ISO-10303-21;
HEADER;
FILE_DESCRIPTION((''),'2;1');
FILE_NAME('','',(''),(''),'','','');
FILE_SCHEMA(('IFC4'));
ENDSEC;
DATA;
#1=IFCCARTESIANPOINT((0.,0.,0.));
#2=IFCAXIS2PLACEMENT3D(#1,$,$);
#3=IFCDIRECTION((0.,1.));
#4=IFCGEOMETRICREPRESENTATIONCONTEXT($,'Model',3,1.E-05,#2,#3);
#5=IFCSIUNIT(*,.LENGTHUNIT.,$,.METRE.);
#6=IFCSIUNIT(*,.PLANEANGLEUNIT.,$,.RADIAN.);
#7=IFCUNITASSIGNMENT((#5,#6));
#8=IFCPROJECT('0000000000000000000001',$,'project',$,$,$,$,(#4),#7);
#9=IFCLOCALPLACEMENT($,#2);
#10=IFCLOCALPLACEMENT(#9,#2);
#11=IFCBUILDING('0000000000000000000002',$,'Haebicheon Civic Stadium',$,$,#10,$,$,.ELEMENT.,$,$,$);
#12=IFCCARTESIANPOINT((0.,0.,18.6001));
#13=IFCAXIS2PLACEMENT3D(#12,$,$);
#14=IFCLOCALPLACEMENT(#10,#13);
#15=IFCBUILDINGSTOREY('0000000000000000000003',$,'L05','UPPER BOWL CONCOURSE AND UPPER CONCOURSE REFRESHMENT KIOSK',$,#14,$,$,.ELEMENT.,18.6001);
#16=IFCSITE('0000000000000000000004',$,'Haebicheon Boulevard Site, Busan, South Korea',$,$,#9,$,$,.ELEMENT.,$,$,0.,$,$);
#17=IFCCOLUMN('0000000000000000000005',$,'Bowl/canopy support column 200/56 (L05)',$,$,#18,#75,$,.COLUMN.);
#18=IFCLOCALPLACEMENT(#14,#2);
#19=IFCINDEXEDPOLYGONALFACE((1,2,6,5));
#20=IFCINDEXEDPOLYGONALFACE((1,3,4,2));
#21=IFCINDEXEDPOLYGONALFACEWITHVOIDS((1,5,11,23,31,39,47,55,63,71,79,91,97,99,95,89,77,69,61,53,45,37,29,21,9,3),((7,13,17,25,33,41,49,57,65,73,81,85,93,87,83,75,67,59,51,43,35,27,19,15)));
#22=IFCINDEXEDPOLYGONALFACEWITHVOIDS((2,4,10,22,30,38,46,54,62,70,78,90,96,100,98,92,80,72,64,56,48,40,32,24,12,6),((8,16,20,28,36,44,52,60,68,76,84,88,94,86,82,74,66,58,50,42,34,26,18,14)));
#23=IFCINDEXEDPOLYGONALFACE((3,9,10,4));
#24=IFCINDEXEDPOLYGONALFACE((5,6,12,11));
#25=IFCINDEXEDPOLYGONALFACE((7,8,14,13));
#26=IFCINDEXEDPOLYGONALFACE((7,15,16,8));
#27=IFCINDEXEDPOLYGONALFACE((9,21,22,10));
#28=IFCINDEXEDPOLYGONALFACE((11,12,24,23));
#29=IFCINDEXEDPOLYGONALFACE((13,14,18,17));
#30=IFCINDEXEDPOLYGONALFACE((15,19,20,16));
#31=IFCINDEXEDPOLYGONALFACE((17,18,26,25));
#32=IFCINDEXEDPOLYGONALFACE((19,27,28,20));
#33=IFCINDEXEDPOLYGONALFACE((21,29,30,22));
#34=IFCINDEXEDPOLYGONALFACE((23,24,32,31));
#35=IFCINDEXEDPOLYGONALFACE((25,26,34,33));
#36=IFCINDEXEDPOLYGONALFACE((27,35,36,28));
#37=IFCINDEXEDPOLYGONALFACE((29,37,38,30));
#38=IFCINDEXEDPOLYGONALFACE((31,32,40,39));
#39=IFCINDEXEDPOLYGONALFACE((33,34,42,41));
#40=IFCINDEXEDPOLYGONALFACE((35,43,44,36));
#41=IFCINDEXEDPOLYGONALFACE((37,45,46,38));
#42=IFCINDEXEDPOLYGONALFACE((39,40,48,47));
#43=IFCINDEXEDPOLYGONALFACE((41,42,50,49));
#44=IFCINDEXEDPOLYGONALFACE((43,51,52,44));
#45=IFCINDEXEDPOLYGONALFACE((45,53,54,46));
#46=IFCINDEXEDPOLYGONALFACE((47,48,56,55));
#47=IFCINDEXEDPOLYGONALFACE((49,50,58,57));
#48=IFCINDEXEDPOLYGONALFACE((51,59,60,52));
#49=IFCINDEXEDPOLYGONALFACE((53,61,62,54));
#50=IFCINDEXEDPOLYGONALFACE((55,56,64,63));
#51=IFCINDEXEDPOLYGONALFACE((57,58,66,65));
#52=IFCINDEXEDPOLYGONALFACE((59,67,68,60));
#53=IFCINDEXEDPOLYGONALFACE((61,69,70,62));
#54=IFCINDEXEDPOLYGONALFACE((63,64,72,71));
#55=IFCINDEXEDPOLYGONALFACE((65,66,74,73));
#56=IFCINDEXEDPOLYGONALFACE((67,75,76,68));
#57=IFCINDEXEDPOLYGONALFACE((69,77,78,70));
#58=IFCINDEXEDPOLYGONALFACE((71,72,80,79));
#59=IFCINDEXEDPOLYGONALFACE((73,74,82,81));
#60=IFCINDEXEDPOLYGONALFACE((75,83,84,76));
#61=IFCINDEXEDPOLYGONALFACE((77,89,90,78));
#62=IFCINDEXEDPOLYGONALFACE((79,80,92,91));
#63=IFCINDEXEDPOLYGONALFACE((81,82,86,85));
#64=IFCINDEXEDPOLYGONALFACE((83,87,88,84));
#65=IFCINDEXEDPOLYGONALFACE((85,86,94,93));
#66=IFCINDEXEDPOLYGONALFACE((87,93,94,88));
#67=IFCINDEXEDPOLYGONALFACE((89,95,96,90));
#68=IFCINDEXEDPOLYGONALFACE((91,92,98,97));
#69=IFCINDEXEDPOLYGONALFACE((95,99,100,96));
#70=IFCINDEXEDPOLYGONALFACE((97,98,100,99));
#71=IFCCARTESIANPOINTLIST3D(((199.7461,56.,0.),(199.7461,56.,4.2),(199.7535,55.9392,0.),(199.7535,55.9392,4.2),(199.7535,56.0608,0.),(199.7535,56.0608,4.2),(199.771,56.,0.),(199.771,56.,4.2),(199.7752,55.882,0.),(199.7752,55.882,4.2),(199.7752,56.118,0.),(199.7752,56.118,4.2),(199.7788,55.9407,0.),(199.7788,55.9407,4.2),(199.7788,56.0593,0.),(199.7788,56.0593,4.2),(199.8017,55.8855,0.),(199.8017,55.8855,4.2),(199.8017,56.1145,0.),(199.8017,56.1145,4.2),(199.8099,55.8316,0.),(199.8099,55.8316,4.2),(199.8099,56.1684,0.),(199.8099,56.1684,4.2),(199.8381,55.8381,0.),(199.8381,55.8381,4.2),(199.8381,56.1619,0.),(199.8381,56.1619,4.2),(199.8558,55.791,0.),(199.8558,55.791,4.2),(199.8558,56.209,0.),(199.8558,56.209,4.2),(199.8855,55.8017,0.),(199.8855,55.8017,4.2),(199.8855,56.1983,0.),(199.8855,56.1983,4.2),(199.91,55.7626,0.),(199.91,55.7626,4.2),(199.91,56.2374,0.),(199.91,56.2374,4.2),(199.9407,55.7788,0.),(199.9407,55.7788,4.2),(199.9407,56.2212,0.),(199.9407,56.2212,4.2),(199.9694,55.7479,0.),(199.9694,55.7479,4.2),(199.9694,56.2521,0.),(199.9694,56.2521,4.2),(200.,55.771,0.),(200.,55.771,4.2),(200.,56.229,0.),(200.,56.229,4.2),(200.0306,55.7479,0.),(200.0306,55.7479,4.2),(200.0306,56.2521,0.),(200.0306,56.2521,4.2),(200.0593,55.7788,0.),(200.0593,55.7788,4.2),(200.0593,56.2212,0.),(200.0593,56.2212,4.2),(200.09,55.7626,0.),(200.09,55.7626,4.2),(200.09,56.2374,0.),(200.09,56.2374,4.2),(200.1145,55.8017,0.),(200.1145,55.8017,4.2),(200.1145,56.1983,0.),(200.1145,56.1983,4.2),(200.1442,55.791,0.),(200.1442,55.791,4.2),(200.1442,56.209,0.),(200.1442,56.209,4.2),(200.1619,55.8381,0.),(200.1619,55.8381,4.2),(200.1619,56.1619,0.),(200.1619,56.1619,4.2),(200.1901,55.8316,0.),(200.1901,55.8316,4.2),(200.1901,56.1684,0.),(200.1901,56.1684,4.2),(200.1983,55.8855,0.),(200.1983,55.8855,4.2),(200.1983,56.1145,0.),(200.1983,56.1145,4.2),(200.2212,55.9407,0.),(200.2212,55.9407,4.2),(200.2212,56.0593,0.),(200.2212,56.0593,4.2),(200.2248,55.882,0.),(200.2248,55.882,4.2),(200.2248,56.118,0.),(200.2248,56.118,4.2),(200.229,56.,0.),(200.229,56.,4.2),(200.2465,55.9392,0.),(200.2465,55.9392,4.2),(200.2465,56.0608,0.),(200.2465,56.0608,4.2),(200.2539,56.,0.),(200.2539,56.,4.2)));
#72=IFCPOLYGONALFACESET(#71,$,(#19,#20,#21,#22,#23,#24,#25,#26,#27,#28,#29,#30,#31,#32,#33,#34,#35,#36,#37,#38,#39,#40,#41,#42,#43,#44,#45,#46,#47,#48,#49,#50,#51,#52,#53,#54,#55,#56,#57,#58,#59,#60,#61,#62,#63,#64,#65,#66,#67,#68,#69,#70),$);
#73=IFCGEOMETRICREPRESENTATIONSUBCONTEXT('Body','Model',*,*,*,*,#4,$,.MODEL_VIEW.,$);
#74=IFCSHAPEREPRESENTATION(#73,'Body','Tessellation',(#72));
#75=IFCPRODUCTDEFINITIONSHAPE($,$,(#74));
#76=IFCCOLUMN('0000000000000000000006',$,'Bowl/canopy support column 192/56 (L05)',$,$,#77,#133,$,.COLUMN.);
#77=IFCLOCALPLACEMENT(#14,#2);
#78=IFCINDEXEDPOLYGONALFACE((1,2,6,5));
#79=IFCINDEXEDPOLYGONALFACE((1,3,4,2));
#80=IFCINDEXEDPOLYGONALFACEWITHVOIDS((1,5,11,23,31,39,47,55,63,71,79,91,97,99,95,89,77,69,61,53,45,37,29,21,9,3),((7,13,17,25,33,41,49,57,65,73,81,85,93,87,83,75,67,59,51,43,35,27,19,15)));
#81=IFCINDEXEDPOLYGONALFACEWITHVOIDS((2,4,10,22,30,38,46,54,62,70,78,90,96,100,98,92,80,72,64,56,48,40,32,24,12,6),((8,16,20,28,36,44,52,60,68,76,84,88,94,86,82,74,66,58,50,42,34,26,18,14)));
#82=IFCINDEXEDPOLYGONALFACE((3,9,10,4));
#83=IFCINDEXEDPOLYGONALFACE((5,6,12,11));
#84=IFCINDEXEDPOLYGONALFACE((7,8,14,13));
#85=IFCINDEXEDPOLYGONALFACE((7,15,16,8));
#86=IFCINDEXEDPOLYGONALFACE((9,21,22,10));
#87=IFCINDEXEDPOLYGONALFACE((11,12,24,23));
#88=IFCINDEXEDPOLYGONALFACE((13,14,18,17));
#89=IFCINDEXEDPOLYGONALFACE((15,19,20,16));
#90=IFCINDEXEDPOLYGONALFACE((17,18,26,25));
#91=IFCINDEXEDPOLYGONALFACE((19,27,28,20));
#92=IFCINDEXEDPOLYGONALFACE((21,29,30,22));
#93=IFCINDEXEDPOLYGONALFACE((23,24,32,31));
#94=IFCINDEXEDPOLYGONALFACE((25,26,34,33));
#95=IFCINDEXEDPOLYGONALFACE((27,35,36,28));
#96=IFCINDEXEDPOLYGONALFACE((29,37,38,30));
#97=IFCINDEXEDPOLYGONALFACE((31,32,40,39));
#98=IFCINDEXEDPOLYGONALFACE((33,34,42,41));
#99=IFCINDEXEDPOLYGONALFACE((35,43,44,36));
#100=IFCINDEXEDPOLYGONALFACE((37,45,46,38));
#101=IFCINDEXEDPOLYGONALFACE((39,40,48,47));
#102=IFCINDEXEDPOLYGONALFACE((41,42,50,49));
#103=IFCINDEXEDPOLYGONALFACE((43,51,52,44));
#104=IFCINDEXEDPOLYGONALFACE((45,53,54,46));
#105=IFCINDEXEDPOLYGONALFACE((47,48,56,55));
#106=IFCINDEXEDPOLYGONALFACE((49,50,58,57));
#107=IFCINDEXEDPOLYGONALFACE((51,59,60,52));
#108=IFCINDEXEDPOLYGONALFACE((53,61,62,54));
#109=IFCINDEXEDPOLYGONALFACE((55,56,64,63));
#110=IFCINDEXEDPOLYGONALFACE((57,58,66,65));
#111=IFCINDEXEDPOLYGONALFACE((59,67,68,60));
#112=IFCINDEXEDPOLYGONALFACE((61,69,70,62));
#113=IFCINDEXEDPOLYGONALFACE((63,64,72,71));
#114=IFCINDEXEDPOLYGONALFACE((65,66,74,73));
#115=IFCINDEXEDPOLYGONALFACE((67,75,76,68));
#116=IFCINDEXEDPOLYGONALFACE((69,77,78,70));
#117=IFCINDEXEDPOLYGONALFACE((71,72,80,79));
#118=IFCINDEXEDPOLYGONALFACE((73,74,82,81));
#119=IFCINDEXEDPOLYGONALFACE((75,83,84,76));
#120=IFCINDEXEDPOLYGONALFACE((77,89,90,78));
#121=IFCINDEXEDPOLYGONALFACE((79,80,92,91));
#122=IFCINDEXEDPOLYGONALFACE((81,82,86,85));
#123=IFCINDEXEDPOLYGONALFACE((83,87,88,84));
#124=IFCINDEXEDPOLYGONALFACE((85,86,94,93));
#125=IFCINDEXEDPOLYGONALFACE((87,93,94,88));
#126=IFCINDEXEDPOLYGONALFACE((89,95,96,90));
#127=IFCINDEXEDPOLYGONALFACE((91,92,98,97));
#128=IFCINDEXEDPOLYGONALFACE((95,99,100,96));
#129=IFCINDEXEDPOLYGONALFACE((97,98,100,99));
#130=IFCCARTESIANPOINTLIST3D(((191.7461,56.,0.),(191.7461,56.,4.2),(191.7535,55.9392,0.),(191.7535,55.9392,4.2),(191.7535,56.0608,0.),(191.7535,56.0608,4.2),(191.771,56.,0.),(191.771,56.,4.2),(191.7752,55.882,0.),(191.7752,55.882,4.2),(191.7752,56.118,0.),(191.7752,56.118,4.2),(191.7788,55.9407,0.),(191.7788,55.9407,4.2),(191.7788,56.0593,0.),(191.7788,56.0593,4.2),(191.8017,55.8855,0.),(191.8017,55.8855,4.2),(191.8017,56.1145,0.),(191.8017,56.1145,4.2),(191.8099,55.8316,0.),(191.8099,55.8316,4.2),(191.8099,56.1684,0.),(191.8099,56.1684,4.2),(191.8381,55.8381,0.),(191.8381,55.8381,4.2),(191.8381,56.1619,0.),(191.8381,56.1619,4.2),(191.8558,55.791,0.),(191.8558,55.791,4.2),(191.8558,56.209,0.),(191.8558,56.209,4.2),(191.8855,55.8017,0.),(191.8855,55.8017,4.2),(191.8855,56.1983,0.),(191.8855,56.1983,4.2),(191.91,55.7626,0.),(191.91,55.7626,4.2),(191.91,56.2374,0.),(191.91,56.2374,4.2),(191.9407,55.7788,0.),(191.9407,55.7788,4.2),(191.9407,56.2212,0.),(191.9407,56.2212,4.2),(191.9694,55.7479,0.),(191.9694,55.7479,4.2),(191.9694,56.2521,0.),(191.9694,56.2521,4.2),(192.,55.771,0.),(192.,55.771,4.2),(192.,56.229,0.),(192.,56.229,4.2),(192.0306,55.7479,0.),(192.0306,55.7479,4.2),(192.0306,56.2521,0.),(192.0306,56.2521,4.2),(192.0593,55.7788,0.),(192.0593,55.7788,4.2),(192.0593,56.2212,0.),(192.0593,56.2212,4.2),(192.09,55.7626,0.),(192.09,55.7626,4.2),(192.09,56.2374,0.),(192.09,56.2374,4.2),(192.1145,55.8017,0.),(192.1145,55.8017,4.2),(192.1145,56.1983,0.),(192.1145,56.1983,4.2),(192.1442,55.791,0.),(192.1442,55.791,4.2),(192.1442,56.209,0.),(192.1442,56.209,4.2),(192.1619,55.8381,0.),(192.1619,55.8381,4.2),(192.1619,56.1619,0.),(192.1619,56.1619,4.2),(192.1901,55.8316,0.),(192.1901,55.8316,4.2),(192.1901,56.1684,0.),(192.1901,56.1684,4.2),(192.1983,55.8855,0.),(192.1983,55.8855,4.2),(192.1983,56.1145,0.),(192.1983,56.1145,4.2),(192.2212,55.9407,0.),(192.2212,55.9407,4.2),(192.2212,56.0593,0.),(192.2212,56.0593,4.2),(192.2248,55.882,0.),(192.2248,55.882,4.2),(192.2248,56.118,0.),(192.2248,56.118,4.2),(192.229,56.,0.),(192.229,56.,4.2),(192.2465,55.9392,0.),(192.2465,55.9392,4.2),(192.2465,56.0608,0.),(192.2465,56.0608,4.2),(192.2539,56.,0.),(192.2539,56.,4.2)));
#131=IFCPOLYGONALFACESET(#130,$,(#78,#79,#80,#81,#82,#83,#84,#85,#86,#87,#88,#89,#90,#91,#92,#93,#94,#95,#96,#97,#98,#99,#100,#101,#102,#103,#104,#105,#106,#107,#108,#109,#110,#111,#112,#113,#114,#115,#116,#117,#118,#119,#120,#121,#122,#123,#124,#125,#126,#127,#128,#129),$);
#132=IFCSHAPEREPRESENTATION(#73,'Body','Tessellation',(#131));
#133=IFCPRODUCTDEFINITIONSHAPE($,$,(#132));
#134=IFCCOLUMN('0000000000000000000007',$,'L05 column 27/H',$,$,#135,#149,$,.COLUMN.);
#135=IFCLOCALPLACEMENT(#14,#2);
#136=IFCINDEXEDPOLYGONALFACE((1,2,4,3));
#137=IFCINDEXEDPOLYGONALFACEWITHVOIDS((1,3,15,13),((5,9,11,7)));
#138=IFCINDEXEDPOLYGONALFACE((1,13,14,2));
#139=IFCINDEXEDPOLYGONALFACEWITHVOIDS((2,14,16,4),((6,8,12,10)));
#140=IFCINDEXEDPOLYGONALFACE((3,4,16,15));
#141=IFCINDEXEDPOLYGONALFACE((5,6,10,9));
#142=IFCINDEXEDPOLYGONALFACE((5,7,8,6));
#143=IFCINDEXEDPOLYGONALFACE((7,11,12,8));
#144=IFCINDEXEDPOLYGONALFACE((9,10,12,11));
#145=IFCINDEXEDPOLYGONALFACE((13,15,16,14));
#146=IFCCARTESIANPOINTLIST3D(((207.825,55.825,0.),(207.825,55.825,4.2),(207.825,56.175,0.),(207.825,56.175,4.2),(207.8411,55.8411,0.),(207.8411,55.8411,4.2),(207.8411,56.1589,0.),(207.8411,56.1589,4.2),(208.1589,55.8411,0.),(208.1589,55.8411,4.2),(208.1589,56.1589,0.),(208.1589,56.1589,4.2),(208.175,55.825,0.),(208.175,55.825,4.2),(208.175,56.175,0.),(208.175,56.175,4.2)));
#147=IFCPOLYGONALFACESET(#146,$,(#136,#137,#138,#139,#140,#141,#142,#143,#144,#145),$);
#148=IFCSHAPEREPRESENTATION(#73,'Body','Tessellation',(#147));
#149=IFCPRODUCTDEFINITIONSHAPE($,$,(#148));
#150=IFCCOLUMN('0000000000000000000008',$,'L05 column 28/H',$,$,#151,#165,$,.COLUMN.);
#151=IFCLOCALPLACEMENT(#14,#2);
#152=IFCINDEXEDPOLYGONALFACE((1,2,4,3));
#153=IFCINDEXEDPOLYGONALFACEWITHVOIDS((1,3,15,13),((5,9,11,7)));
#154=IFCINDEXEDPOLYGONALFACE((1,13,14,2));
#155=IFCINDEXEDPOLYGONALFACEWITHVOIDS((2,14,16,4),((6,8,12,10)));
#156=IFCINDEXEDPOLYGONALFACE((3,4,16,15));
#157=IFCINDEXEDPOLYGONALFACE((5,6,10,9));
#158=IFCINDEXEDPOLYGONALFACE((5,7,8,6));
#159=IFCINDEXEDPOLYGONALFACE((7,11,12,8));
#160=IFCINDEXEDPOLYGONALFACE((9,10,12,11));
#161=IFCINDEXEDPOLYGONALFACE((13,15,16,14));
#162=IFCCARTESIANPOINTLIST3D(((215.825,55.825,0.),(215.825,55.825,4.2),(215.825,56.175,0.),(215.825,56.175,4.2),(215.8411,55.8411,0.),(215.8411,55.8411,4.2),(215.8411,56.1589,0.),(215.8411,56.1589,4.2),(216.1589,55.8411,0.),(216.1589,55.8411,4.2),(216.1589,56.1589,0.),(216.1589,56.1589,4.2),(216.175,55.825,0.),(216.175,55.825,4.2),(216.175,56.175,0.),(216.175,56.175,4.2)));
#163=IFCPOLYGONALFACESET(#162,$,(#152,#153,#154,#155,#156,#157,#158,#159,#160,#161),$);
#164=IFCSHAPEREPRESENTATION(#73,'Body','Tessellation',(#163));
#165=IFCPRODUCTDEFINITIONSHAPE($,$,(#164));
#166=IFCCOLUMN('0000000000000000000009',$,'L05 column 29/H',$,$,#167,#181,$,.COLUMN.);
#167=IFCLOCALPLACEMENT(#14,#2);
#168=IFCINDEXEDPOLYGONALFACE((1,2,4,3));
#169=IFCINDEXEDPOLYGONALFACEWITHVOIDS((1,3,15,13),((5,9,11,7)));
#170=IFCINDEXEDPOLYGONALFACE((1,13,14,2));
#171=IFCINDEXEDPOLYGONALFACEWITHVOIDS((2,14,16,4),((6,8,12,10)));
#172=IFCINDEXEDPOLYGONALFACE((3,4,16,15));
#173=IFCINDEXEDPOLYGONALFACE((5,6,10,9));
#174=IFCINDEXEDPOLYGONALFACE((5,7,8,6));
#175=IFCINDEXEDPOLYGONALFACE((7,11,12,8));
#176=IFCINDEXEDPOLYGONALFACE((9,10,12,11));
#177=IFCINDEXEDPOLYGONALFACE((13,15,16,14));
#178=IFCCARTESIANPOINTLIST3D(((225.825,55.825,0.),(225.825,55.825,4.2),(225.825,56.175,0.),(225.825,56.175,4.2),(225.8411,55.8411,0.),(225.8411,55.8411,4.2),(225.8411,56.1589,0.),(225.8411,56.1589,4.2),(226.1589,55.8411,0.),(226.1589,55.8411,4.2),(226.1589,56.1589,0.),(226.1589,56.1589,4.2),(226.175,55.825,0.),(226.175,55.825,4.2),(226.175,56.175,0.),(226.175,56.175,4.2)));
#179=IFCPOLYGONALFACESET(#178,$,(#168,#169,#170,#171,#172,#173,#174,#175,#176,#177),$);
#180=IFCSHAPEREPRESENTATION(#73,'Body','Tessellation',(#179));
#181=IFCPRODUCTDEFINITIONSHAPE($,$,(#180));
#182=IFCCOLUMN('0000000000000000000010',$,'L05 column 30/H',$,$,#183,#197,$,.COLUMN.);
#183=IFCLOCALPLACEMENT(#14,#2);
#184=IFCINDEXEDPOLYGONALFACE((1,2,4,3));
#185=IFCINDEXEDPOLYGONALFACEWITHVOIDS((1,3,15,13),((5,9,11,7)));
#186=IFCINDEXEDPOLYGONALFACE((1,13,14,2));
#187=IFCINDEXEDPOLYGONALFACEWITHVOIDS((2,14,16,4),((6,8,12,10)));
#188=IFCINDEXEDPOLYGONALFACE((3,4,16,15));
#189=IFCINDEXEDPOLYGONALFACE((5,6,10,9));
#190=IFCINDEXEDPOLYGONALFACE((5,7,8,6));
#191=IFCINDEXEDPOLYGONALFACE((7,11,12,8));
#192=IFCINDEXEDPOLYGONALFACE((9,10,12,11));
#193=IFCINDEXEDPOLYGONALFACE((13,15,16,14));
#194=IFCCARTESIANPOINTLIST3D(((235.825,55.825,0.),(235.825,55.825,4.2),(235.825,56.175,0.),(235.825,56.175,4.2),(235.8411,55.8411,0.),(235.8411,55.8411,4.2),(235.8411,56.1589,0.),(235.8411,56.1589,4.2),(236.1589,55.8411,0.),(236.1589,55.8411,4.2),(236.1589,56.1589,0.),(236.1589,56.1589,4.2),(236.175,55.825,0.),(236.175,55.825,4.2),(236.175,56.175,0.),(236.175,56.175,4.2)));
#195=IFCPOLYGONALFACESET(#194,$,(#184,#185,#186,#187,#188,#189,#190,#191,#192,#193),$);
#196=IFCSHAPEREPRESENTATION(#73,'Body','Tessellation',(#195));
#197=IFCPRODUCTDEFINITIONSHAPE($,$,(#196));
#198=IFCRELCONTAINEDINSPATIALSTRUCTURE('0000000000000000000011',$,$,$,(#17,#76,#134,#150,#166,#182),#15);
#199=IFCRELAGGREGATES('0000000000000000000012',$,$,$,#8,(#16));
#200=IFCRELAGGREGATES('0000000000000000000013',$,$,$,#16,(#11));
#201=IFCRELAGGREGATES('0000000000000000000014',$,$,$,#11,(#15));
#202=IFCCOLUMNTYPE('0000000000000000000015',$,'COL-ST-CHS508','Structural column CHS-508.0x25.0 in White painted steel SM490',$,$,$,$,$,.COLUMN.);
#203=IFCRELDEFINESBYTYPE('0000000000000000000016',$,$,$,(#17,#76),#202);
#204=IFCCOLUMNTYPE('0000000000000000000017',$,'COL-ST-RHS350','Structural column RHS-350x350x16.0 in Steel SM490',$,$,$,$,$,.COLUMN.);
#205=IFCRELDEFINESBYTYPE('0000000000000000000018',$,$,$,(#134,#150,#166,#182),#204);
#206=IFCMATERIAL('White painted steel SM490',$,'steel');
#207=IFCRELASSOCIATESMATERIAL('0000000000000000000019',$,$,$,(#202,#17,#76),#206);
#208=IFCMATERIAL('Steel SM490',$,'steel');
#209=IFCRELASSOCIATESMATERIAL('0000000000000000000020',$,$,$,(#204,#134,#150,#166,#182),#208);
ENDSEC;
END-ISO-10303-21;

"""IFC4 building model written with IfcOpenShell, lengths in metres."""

from ifc_helpers import new_model, si_unit, direction, frame, origin, origin_2d, place, context, subcontext, project, spatial, hollow_rectangle, hollow_circle, extrude, material, material_profile, profile_set, type_object, element, save


model = new_model("IFC4")

# Units and contexts
model_context = context("Model", 3, precision=1e-05, world=origin(), true_north=direction((0.0, 1.0)))
body_context = subcontext(model_context, "Body", "Model", "MODEL_VIEW")
ifc_project = project(units=[si_unit("LENGTHUNIT", "METRE"), si_unit("PLANEANGLEUNIT", "RADIAN")], contexts=[model_context])

# Site, building, storey
site_placement = place(None, origin())
site = spatial("IfcSite", under=ifc_project, at=site_placement, Name="Haebicheon Boulevard Site, Busan, South Korea", CompositionType="ELEMENT", RefElevation=0.0)
building_placement = place(site_placement, origin())
building = spatial("IfcBuilding", under=site, at=building_placement, Name="Haebicheon Civic Stadium", CompositionType="ELEMENT")
storey_placement = place(building_placement, frame((0.0, 0.0, 18.6001)))
storey = spatial("IfcBuildingStorey", under=building, at=storey_placement, Name="L05", Description="UPPER BOWL CONCOURSE AND UPPER CONCOURSE REFRESHMENT KIOSK", CompositionType="ELEMENT", Elevation=18.6001)

# Columns
ifc_material_1 = material(Name="White painted steel SM490", Category="steel")
ifc_material_profile_1 = material_profile(ifc_material_1, hollow_circle(Radius=0.2539, WallThickness=0.0249, at=origin_2d()), Name="CHS-508.0x25.0")
ifc_profile_set_1 = profile_set([ifc_material_profile_1], Name="White painted steel SM490")
column_type_1 = type_object("IfcColumnType", Name="COL-ST-CHS508", Description="Structural column CHS-508.0x25.0 in White painted steel SM490", PredefinedType="COLUMN", material=ifc_profile_set_1)
for number, where, z_axis, x_axis, name in (
    (1, (200.0, 56.0, 0.0), (0.0, 0.0, 1.0), (1.0, 0.0, 0.0), "Bowl/canopy support column 200/56 (L05)"),
    (2, (192.0, 56.0, 0.0), (0.0, 0.0, 1.0), (1.0, 0.0, 0.0), "Bowl/canopy support column 192/56 (L05)"),
):
    element("IfcColumn", number, at=place(storey_placement, frame(where, z_axis=z_axis, x_axis=x_axis)), inside=storey, type_object=column_type_1, material=ifc_profile_set_1, Name=name, PredefinedType="COLUMN", context=body_context, shape_type="SweptSolid", body=[
        extrude(hollow_circle(Radius=0.2539, WallThickness=0.0249, at=origin_2d()), origin(), (0.0, 0.0, 1.0), 4.2),
    ])
ifc_material_2 = material(Name="Steel SM490", Category="steel")
ifc_material_profile_2 = material_profile(ifc_material_2, hollow_rectangle(XDim=0.3501, YDim=0.3501, WallThickness=0.0161, at=origin_2d()), Name="RHS-350x350x16.0")
ifc_profile_set_2 = profile_set([ifc_material_profile_2], Name="Steel SM490")
column_type_2 = type_object("IfcColumnType", Name="COL-ST-RHS350", Description="Structural column RHS-350x350x16.0 in Steel SM490", PredefinedType="COLUMN", material=ifc_profile_set_2)
for number, where, z_axis, x_axis, name in (
    (3, (208.0, 56.0, 0.0), (0.0, 0.0, 1.0), (1.0, 0.0, 0.0), "L05 column 27/H"),
    (4, (216.0, 56.0, 0.0), (0.0, 0.0, 1.0), (1.0, 0.0, 0.0), "L05 column 28/H"),
    (5, (226.0, 56.0, 0.0), (0.0, 0.0, 1.0), (1.0, 0.0, 0.0), "L05 column 29/H"),
    (6, (236.0, 56.0, 0.0), (0.0, 0.0, 1.0), (1.0, 0.0, 0.0), "L05 column 30/H"),
):
    element("IfcColumn", number, at=place(storey_placement, frame(where, z_axis=z_axis, x_axis=x_axis)), inside=storey, type_object=column_type_2, material=ifc_profile_set_2, Name=name, PredefinedType="COLUMN", context=body_context, shape_type="SweptSolid", body=[
        extrude(hollow_rectangle(XDim=0.3501, YDim=0.3501, WallThickness=0.0161, at=origin_2d()), origin(), (0.0, 0.0, 1.0), 4.2),
    ])

save(model, "model.ifc")
